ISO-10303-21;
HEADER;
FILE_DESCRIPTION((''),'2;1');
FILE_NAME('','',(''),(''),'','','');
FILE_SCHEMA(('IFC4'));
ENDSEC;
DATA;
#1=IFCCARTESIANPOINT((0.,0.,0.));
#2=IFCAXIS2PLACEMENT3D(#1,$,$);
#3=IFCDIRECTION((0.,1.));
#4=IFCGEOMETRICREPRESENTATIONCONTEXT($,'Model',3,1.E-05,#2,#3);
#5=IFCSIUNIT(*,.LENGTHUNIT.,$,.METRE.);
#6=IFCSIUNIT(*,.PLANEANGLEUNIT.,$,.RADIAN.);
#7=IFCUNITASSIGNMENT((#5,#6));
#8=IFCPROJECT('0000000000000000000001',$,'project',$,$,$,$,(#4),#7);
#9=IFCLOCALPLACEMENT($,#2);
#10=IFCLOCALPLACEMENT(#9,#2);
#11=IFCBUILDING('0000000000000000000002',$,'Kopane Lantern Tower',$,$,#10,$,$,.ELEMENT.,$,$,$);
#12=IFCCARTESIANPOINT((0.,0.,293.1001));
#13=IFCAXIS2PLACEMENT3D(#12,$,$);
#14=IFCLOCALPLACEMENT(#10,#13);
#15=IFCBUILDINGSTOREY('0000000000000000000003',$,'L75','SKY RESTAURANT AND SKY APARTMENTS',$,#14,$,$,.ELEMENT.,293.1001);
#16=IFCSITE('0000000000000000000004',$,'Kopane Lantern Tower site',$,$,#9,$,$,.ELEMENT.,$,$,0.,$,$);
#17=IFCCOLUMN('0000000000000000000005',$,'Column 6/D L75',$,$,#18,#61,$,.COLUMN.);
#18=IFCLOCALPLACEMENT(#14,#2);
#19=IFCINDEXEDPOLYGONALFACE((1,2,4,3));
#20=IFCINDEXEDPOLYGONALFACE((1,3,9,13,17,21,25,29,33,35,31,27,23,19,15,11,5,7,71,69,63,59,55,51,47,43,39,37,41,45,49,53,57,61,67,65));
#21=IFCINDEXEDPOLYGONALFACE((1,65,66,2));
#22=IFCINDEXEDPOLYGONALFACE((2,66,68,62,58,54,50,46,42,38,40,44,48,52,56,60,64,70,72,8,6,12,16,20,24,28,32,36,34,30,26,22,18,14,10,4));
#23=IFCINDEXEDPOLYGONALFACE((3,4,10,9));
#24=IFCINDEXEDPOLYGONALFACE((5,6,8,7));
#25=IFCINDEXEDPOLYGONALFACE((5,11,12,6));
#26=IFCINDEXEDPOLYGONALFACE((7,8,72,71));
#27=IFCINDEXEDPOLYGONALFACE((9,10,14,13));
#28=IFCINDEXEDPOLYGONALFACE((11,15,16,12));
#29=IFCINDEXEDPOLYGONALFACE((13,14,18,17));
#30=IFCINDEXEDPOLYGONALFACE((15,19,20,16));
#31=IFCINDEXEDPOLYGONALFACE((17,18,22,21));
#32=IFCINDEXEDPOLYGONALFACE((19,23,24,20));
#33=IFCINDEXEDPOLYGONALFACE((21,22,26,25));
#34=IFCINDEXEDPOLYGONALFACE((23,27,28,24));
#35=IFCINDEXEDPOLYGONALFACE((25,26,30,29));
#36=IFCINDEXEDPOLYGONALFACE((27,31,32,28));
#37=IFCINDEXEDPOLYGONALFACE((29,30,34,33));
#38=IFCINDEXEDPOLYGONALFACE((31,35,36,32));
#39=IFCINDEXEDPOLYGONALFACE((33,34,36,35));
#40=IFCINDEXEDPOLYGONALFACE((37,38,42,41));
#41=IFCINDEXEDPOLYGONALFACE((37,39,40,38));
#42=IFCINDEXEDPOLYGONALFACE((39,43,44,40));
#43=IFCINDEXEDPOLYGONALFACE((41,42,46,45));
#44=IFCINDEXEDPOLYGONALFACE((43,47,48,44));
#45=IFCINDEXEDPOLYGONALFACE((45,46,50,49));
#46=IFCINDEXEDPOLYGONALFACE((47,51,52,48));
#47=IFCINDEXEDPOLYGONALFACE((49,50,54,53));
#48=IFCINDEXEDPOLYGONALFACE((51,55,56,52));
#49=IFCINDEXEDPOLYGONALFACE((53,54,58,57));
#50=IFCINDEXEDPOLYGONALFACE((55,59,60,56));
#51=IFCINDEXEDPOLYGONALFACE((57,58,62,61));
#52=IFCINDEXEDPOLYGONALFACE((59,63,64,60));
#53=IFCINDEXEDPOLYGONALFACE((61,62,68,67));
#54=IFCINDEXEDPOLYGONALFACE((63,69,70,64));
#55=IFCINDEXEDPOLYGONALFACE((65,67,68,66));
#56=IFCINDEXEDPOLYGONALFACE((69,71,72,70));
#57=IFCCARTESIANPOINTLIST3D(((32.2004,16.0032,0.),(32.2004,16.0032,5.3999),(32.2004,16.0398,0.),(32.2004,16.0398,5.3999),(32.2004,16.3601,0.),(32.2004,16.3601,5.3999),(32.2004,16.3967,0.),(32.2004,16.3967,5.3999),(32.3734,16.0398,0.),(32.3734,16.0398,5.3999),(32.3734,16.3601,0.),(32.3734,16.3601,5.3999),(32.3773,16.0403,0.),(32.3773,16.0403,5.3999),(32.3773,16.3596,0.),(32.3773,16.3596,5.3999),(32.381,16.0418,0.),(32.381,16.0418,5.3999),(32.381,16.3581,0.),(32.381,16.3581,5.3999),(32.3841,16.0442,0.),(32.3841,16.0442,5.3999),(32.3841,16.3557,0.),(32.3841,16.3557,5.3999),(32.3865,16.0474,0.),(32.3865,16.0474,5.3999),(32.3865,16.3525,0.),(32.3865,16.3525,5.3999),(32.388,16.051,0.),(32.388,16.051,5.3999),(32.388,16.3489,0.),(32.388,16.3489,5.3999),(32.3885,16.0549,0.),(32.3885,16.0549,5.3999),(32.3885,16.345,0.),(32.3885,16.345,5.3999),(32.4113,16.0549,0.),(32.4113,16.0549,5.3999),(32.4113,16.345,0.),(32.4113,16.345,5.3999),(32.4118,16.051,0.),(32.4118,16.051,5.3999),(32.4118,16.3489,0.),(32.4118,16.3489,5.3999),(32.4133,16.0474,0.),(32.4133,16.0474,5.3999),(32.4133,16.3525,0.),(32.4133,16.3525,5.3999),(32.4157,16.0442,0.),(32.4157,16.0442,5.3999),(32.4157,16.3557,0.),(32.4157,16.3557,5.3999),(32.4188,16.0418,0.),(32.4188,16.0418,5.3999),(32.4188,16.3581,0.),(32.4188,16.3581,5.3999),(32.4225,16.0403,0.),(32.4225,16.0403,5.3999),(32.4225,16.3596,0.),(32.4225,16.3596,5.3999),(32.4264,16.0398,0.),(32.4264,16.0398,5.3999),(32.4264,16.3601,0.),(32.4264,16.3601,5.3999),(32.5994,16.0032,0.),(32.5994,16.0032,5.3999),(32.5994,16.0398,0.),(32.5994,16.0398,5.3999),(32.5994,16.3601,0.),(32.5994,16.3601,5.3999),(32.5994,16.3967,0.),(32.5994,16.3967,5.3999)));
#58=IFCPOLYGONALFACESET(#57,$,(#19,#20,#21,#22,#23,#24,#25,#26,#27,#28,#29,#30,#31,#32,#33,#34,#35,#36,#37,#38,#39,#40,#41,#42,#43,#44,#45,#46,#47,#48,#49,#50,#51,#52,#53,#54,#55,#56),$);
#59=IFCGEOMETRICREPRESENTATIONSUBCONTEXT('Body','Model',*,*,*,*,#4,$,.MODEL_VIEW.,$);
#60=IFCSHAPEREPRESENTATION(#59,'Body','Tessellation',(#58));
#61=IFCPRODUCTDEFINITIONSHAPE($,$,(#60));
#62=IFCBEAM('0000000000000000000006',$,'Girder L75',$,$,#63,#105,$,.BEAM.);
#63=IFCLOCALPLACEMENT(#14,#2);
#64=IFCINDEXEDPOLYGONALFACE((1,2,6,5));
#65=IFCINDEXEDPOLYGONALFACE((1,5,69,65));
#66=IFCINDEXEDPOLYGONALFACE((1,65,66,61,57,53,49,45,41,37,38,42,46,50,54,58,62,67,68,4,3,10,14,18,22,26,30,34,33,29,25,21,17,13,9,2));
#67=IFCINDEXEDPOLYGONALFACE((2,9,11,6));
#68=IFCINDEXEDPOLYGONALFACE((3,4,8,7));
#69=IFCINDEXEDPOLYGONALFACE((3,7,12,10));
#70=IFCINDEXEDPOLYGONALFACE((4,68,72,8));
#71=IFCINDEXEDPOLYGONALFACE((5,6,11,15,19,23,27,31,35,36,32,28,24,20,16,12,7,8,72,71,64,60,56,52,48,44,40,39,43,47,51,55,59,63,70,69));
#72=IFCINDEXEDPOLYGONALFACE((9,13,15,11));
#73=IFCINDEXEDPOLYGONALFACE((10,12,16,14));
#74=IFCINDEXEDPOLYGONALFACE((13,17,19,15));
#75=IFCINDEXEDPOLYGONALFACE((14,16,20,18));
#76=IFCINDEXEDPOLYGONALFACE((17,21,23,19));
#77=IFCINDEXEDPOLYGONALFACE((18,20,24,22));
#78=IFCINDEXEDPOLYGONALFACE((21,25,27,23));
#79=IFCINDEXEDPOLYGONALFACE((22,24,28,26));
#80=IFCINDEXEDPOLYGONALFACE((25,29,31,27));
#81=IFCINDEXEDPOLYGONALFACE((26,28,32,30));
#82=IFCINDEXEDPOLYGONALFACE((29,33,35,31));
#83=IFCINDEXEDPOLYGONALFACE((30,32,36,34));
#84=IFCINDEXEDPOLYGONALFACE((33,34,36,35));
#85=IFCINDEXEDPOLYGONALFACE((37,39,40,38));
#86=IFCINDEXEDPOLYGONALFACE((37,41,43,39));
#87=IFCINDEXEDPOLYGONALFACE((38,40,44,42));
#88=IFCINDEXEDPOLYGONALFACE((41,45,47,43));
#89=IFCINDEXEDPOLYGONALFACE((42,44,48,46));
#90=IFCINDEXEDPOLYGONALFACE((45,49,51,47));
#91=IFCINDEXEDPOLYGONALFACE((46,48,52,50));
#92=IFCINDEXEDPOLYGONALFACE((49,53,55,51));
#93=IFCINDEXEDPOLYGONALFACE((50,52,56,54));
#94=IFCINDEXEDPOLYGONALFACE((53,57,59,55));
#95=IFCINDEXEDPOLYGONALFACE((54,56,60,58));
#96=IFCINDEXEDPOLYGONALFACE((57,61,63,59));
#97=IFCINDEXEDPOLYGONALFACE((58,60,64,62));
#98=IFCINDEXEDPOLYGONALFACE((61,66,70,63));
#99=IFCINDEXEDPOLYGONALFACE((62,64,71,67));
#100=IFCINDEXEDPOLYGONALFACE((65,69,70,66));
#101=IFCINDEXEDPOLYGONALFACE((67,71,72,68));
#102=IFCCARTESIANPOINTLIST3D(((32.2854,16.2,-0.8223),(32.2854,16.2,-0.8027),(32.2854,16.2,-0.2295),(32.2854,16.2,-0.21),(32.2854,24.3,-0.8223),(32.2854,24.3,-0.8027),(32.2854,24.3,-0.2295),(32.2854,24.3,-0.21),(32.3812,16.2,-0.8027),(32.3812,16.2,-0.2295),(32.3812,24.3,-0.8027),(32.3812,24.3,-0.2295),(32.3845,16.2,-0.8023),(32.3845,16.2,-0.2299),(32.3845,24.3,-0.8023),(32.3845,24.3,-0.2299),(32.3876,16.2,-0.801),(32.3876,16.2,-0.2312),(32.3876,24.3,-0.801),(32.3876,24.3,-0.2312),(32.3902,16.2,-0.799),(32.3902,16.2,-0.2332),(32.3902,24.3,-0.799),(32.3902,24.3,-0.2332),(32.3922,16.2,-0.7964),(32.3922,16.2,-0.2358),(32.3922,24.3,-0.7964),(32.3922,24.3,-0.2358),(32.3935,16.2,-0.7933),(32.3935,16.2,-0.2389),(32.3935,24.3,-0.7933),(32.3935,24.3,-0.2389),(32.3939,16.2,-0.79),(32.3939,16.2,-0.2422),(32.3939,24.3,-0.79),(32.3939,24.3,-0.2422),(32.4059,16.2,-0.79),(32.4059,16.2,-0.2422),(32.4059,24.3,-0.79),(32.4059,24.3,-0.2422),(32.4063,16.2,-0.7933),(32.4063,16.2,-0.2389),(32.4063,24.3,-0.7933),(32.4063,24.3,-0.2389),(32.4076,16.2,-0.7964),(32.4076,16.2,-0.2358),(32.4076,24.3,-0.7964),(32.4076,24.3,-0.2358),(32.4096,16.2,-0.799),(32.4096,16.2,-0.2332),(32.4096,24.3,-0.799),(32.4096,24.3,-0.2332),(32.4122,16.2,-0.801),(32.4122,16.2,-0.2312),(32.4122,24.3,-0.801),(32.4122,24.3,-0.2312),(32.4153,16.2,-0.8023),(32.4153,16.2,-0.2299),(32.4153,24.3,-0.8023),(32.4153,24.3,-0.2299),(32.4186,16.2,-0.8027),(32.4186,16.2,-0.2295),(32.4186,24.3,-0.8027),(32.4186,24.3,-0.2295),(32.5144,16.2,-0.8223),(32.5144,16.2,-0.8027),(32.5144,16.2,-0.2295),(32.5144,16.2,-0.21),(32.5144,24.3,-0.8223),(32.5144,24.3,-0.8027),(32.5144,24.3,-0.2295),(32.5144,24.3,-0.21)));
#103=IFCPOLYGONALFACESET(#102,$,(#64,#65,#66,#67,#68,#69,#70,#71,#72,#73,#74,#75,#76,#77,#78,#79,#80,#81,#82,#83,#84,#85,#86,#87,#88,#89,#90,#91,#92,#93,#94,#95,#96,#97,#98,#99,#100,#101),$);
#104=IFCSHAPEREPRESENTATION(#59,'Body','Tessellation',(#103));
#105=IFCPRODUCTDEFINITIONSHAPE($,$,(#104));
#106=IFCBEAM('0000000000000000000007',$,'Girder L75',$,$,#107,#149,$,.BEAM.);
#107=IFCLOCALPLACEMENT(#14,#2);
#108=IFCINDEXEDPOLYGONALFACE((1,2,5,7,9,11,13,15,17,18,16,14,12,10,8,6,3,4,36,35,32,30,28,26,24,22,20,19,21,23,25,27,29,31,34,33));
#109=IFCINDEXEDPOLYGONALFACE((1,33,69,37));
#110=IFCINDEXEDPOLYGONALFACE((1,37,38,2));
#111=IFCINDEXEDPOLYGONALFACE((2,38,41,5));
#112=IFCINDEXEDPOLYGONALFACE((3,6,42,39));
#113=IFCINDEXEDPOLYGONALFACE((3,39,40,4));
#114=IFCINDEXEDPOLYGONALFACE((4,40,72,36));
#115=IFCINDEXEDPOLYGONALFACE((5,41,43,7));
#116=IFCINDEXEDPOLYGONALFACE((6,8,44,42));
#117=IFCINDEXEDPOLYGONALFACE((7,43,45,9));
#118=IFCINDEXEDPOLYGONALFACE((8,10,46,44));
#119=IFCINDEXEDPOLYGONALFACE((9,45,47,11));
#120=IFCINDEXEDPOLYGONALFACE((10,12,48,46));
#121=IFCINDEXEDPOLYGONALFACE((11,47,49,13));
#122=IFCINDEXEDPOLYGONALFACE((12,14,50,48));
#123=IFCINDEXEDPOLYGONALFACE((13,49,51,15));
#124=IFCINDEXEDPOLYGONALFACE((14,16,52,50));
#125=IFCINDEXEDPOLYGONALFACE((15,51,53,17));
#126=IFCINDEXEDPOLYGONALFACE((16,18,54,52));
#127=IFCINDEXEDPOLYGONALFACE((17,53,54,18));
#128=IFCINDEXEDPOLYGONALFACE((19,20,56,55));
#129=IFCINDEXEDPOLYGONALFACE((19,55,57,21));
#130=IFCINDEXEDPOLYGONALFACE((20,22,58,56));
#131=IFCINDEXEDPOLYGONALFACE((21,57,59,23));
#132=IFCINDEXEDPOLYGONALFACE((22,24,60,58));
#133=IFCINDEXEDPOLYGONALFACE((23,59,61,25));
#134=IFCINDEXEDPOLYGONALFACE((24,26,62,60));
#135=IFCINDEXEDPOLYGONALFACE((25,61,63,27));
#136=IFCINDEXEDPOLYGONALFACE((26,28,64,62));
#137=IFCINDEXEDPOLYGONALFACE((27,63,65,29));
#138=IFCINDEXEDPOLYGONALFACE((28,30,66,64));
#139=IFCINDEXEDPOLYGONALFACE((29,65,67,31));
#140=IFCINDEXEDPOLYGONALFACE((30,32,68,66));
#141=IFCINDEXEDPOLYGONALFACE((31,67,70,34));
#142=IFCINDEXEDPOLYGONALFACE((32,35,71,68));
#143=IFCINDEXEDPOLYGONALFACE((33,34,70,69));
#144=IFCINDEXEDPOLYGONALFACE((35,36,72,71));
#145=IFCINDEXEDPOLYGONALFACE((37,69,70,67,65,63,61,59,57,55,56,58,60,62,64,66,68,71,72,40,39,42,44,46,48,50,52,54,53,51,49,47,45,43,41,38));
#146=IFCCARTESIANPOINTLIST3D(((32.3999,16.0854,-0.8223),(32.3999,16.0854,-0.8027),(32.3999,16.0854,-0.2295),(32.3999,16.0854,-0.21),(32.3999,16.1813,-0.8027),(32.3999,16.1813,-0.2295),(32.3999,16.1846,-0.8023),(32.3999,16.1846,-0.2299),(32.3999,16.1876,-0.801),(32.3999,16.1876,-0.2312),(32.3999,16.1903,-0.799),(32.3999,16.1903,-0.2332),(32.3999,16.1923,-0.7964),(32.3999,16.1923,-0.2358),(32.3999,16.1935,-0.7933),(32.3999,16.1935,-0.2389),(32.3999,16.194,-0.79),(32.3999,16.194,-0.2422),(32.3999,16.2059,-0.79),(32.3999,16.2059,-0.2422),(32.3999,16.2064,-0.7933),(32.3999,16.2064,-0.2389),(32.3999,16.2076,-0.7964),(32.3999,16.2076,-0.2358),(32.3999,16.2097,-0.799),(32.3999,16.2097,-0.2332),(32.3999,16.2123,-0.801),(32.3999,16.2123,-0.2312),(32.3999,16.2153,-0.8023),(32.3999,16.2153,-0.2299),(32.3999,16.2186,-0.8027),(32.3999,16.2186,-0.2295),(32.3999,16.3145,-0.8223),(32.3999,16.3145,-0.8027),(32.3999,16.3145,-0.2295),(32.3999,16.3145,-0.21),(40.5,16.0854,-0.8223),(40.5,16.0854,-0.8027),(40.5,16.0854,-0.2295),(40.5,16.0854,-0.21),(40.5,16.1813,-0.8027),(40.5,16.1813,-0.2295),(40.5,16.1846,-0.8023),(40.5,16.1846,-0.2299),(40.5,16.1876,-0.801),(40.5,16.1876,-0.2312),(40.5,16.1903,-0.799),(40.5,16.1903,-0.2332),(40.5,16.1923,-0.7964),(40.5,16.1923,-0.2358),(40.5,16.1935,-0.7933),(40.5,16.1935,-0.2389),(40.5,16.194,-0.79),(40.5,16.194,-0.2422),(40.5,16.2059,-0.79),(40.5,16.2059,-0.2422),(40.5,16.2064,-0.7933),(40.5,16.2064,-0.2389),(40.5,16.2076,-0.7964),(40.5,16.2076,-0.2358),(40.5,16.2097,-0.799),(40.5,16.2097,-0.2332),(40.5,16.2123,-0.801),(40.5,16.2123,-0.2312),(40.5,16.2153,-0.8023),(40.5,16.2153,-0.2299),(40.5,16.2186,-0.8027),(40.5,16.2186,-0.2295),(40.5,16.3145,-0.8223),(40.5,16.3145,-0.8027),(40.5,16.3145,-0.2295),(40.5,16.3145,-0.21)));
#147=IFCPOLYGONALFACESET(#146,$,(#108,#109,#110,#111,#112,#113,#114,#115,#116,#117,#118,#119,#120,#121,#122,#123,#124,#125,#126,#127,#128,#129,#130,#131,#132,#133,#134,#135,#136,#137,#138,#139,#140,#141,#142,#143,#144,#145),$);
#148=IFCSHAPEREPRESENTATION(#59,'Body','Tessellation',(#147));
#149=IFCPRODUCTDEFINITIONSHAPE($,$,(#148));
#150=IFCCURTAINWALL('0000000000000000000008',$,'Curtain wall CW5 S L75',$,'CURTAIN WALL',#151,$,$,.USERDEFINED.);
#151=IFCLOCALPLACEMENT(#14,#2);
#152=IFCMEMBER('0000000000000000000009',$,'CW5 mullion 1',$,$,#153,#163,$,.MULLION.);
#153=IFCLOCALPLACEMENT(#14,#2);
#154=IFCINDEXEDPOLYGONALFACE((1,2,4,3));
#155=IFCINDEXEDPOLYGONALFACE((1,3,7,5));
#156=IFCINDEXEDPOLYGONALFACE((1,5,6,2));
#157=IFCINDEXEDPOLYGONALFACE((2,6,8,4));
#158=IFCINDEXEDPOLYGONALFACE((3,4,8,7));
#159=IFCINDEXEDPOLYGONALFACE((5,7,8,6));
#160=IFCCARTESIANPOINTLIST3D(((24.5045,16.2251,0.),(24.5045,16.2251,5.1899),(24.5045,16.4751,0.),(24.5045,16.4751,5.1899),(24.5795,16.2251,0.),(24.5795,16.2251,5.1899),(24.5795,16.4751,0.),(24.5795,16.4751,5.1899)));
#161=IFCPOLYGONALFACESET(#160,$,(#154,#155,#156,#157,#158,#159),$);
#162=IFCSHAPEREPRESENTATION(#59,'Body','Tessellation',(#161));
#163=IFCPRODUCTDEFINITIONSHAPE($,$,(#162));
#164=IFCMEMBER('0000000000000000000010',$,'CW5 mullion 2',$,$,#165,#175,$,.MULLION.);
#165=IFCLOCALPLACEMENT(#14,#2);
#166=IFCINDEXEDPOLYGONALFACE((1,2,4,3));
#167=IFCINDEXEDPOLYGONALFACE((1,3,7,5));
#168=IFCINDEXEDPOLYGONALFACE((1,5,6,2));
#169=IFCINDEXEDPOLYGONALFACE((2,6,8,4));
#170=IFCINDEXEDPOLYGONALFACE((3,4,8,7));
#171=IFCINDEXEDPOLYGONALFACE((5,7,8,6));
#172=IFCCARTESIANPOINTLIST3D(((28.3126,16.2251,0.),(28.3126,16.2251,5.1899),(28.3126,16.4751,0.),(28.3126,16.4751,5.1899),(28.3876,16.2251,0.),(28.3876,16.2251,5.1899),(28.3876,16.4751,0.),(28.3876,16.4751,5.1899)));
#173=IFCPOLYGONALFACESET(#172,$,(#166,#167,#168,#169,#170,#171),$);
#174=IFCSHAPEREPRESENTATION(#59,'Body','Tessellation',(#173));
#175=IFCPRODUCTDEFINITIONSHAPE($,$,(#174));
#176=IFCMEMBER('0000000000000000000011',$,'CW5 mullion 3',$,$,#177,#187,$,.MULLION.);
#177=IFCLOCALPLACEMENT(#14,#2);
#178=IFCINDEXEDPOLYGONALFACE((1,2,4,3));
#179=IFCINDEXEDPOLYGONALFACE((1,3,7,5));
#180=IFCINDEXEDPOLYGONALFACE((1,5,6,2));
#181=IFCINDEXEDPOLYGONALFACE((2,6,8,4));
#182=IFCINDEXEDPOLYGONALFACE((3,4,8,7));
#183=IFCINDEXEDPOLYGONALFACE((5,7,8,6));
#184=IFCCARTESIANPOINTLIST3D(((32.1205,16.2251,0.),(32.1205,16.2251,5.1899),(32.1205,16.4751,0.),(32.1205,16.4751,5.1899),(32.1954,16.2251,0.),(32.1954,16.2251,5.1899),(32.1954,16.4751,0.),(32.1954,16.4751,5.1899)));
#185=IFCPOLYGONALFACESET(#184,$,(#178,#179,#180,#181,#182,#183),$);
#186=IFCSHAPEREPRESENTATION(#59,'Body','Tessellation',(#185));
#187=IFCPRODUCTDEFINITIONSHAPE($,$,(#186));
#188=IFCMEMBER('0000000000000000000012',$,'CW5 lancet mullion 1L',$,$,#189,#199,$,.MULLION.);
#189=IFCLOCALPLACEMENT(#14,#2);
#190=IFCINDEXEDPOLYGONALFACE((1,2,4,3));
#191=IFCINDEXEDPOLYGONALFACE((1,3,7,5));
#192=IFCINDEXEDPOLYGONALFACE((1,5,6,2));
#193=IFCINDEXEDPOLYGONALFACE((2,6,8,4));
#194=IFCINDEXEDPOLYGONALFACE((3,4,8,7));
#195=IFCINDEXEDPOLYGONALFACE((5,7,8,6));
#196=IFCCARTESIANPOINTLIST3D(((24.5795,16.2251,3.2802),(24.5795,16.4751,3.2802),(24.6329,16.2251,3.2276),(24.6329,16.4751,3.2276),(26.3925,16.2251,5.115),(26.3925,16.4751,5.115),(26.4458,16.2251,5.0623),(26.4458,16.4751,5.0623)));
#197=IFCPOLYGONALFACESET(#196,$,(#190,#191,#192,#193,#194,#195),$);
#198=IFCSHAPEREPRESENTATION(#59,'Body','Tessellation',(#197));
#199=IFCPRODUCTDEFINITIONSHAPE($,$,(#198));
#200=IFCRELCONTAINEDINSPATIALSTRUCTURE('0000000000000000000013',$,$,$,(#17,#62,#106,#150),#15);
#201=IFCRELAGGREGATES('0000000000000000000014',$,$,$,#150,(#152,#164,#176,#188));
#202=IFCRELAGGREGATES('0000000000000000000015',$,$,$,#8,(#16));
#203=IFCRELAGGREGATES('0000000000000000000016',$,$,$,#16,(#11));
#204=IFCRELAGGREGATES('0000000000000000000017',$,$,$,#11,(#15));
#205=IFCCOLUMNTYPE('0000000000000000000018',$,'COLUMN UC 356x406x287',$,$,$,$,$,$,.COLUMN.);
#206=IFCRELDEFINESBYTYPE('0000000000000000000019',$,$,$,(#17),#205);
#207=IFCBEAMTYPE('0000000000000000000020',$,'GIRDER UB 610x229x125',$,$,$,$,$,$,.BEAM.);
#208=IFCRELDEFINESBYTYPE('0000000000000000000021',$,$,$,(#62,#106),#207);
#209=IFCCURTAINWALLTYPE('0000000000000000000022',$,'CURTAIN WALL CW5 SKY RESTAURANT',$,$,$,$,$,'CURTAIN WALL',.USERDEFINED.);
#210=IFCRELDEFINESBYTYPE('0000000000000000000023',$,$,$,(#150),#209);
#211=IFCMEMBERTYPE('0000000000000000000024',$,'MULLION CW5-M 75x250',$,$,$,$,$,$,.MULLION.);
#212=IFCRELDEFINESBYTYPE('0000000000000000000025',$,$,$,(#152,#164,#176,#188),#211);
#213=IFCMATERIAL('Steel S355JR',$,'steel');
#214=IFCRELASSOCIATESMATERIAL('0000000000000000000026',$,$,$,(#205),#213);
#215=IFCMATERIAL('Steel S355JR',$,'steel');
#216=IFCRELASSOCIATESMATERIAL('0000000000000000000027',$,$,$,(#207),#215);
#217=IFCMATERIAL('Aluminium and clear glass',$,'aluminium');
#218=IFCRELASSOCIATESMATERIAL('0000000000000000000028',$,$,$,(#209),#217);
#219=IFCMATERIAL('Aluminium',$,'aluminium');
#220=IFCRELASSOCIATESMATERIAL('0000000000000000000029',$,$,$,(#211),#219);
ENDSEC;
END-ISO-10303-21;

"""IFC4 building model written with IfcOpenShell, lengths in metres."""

from ifc_helpers import new_model, si_unit, direction, frame, origin, origin_2d, place, context, subcontext, project, spatial, rectangle, i_section, extrude, material, material_profile, profile_set, type_object, element, aggregate, save


model = new_model("IFC4")

# Units and contexts
model_context = context("Model", 3, precision=1e-05, world=origin(), true_north=direction((0.0, 1.0)))
body_context = subcontext(model_context, "Body", "Model", "MODEL_VIEW")
ifc_project = project(units=[si_unit("LENGTHUNIT", "METRE"), si_unit("PLANEANGLEUNIT", "RADIAN")], contexts=[model_context])

# Site, building, storey
site_placement = place(None, origin())
site = spatial("IfcSite", under=ifc_project, at=site_placement, Name="Kopane Lantern Tower site", CompositionType="ELEMENT", RefElevation=0.0)
building_placement = place(site_placement, origin())
building = spatial("IfcBuilding", under=site, at=building_placement, Name="Kopane Lantern Tower", CompositionType="ELEMENT")
storey_placement = place(building_placement, frame((0.0, 0.0, 293.1001)))
storey = spatial("IfcBuildingStorey", under=building, at=storey_placement, Name="L75", Description="SKY RESTAURANT AND SKY APARTMENTS", CompositionType="ELEMENT", Elevation=293.1001)

# Column
ifc_material_1 = material(Name="Steel S355JR", Category="steel")
ifc_material_profile_1 = material_profile(ifc_material_1, i_section(OverallWidth=0.3989, OverallDepth=0.3936, WebThickness=0.0227, FlangeThickness=0.0366, FilletRadius=0.0151, at=origin_2d()), Name="UC 356x406x287")
ifc_profile_set_1 = profile_set([ifc_material_profile_1], Name="Steel S355JR")
column_type = type_object("IfcColumnType", Name="COLUMN UC 356x406x287", PredefinedType="COLUMN", material=ifc_profile_set_1)
column_placement = place(storey_placement, frame((32.3999, 16.2, 0.0), z_axis=(0.0, 0.0, 1.0), x_axis=(1.0, 0.0, 0.0)))
element("IfcColumn", 1, at=column_placement, inside=storey, type_object=column_type, Name="Column 6/D L75", PredefinedType="COLUMN", context=body_context, shape_type="SweptSolid", body=[
    extrude(i_section(OverallWidth=0.3989, OverallDepth=0.3936, WebThickness=0.0227, FlangeThickness=0.0366, FilletRadius=0.0151, at=origin_2d()), origin(), (0.0, 0.0, 1.0), 5.3999),
])

# Beams
ifc_material_2 = material(Name="Steel S355JR", Category="steel")
ifc_material_profile_2 = material_profile(ifc_material_2, i_section(OverallWidth=0.229, OverallDepth=0.6123, WebThickness=0.012, FlangeThickness=0.0195, FilletRadius=0.0127, at=origin_2d()), Name="UB 610x229x125")
ifc_profile_set_2 = profile_set([ifc_material_profile_2], Name="Steel S355JR")
beam_type = type_object("IfcBeamType", Name="GIRDER UB 610x229x125", PredefinedType="BEAM", material=ifc_profile_set_2)
for number, where, z_axis, x_axis, name in (
    (2, (32.3999, 16.2, -0.5161), (0.0, 1.0, 0.0), (-1.0, 0.0, 0.0), "Girder L75"),
    (3, (32.3999, 16.2, -0.5161), (1.0, 0.0, 0.0), (0.0, 1.0, 0.0), "Girder L75"),
):
    element("IfcBeam", number, at=place(storey_placement, frame(where, z_axis=z_axis, x_axis=x_axis)), inside=storey, type_object=beam_type, Name=name, PredefinedType="BEAM", context=body_context, shape_type="SweptSolid", body=[
        extrude(i_section(OverallWidth=0.229, OverallDepth=0.6123, WebThickness=0.012, FlangeThickness=0.0195, FilletRadius=0.0127, at=origin_2d()), origin(), (0.0, 0.0, 1.0), 8.1001),
    ])

# Curtain wall, members
ifc_material_3 = material(Name="Aluminium and clear glass", Category="aluminium")
curtain_wall_type = type_object("IfcCurtainWallType", Name="CURTAIN WALL CW5 SKY RESTAURANT", ElementType="CURTAIN WALL", PredefinedType="USERDEFINED", material=ifc_material_3)
curtain_wall_1_placement = place(storey_placement, origin())
curtain_wall_1 = element("IfcCurtainWall", 4, at=curtain_wall_1_placement, inside=storey, type_object=curtain_wall_type, Name="Curtain wall CW5 S L75", ObjectType="CURTAIN WALL", PredefinedType="USERDEFINED")
ifc_material_4 = material(Name="Aluminium", Category="aluminium")
ifc_material_profile_3 = material_profile(ifc_material_4, rectangle(XDim=0.075, YDim=0.25, at=origin_2d()), Name="AL 75x250")
ifc_profile_set_3 = profile_set([ifc_material_profile_3], Name="Aluminium")
member_type_1 = type_object("IfcMemberType", Name="MULLION CW5-M 75x250", PredefinedType="MULLION", material=ifc_profile_set_3)
member_1_placement = place(storey_placement, frame((24.542, 16.3501, 0.0), z_axis=(0.0, 0.0, 1.0), x_axis=(1.0, 0.0, 0.0)))
member_1 = element("IfcMember", 5, at=member_1_placement, type_object=member_type_1, Name="CW5 mullion 1", PredefinedType="MULLION", context=body_context, shape_type="SweptSolid", body=[
    extrude(rectangle(XDim=0.075, YDim=0.25, at=origin_2d()), origin(), (0.0, 0.0, 1.0), 5.1899),
])
member_2_placement = place(storey_placement, frame((28.3501, 16.3501, 0.0), z_axis=(0.0, 0.0, 1.0), x_axis=(1.0, 0.0, 0.0)))
member_2 = element("IfcMember", 6, at=member_2_placement, type_object=member_type_1, Name="CW5 mullion 2", PredefinedType="MULLION", context=body_context, shape_type="SweptSolid", body=[
    extrude(rectangle(XDim=0.075, YDim=0.25, at=origin_2d()), origin(), (0.0, 0.0, 1.0), 5.1899),
])
member_3_placement = place(storey_placement, frame((32.158, 16.3501, 0.0), z_axis=(0.0, 0.0, 1.0), x_axis=(1.0, 0.0, 0.0)))
member_3 = element("IfcMember", 7, at=member_3_placement, type_object=member_type_1, Name="CW5 mullion 3", PredefinedType="MULLION", context=body_context, shape_type="SweptSolid", body=[
    extrude(rectangle(XDim=0.075, YDim=0.25, at=origin_2d()), origin(), (0.0, 0.0, 1.0), 5.1899),
])
member_4_placement = place(storey_placement, frame((24.6062, 16.3501, 3.2539), z_axis=(0.702882, 0.0, 0.711306), x_axis=(-0.711306, 0.0, 0.702882)))
member_4 = element("IfcMember", 8, at=member_4_placement, type_object=member_type_1, Name="CW5 lancet mullion 1L", PredefinedType="MULLION", context=body_context, shape_type="SweptSolid", body=[
    extrude(rectangle(XDim=0.075, YDim=0.25, at=origin_2d()), origin(), (0.0, 0.0, 1.0), 2.5793),
])

aggregate(curtain_wall_1, [member_1, member_2, member_3, member_4])

save(model, "model.ifc")
